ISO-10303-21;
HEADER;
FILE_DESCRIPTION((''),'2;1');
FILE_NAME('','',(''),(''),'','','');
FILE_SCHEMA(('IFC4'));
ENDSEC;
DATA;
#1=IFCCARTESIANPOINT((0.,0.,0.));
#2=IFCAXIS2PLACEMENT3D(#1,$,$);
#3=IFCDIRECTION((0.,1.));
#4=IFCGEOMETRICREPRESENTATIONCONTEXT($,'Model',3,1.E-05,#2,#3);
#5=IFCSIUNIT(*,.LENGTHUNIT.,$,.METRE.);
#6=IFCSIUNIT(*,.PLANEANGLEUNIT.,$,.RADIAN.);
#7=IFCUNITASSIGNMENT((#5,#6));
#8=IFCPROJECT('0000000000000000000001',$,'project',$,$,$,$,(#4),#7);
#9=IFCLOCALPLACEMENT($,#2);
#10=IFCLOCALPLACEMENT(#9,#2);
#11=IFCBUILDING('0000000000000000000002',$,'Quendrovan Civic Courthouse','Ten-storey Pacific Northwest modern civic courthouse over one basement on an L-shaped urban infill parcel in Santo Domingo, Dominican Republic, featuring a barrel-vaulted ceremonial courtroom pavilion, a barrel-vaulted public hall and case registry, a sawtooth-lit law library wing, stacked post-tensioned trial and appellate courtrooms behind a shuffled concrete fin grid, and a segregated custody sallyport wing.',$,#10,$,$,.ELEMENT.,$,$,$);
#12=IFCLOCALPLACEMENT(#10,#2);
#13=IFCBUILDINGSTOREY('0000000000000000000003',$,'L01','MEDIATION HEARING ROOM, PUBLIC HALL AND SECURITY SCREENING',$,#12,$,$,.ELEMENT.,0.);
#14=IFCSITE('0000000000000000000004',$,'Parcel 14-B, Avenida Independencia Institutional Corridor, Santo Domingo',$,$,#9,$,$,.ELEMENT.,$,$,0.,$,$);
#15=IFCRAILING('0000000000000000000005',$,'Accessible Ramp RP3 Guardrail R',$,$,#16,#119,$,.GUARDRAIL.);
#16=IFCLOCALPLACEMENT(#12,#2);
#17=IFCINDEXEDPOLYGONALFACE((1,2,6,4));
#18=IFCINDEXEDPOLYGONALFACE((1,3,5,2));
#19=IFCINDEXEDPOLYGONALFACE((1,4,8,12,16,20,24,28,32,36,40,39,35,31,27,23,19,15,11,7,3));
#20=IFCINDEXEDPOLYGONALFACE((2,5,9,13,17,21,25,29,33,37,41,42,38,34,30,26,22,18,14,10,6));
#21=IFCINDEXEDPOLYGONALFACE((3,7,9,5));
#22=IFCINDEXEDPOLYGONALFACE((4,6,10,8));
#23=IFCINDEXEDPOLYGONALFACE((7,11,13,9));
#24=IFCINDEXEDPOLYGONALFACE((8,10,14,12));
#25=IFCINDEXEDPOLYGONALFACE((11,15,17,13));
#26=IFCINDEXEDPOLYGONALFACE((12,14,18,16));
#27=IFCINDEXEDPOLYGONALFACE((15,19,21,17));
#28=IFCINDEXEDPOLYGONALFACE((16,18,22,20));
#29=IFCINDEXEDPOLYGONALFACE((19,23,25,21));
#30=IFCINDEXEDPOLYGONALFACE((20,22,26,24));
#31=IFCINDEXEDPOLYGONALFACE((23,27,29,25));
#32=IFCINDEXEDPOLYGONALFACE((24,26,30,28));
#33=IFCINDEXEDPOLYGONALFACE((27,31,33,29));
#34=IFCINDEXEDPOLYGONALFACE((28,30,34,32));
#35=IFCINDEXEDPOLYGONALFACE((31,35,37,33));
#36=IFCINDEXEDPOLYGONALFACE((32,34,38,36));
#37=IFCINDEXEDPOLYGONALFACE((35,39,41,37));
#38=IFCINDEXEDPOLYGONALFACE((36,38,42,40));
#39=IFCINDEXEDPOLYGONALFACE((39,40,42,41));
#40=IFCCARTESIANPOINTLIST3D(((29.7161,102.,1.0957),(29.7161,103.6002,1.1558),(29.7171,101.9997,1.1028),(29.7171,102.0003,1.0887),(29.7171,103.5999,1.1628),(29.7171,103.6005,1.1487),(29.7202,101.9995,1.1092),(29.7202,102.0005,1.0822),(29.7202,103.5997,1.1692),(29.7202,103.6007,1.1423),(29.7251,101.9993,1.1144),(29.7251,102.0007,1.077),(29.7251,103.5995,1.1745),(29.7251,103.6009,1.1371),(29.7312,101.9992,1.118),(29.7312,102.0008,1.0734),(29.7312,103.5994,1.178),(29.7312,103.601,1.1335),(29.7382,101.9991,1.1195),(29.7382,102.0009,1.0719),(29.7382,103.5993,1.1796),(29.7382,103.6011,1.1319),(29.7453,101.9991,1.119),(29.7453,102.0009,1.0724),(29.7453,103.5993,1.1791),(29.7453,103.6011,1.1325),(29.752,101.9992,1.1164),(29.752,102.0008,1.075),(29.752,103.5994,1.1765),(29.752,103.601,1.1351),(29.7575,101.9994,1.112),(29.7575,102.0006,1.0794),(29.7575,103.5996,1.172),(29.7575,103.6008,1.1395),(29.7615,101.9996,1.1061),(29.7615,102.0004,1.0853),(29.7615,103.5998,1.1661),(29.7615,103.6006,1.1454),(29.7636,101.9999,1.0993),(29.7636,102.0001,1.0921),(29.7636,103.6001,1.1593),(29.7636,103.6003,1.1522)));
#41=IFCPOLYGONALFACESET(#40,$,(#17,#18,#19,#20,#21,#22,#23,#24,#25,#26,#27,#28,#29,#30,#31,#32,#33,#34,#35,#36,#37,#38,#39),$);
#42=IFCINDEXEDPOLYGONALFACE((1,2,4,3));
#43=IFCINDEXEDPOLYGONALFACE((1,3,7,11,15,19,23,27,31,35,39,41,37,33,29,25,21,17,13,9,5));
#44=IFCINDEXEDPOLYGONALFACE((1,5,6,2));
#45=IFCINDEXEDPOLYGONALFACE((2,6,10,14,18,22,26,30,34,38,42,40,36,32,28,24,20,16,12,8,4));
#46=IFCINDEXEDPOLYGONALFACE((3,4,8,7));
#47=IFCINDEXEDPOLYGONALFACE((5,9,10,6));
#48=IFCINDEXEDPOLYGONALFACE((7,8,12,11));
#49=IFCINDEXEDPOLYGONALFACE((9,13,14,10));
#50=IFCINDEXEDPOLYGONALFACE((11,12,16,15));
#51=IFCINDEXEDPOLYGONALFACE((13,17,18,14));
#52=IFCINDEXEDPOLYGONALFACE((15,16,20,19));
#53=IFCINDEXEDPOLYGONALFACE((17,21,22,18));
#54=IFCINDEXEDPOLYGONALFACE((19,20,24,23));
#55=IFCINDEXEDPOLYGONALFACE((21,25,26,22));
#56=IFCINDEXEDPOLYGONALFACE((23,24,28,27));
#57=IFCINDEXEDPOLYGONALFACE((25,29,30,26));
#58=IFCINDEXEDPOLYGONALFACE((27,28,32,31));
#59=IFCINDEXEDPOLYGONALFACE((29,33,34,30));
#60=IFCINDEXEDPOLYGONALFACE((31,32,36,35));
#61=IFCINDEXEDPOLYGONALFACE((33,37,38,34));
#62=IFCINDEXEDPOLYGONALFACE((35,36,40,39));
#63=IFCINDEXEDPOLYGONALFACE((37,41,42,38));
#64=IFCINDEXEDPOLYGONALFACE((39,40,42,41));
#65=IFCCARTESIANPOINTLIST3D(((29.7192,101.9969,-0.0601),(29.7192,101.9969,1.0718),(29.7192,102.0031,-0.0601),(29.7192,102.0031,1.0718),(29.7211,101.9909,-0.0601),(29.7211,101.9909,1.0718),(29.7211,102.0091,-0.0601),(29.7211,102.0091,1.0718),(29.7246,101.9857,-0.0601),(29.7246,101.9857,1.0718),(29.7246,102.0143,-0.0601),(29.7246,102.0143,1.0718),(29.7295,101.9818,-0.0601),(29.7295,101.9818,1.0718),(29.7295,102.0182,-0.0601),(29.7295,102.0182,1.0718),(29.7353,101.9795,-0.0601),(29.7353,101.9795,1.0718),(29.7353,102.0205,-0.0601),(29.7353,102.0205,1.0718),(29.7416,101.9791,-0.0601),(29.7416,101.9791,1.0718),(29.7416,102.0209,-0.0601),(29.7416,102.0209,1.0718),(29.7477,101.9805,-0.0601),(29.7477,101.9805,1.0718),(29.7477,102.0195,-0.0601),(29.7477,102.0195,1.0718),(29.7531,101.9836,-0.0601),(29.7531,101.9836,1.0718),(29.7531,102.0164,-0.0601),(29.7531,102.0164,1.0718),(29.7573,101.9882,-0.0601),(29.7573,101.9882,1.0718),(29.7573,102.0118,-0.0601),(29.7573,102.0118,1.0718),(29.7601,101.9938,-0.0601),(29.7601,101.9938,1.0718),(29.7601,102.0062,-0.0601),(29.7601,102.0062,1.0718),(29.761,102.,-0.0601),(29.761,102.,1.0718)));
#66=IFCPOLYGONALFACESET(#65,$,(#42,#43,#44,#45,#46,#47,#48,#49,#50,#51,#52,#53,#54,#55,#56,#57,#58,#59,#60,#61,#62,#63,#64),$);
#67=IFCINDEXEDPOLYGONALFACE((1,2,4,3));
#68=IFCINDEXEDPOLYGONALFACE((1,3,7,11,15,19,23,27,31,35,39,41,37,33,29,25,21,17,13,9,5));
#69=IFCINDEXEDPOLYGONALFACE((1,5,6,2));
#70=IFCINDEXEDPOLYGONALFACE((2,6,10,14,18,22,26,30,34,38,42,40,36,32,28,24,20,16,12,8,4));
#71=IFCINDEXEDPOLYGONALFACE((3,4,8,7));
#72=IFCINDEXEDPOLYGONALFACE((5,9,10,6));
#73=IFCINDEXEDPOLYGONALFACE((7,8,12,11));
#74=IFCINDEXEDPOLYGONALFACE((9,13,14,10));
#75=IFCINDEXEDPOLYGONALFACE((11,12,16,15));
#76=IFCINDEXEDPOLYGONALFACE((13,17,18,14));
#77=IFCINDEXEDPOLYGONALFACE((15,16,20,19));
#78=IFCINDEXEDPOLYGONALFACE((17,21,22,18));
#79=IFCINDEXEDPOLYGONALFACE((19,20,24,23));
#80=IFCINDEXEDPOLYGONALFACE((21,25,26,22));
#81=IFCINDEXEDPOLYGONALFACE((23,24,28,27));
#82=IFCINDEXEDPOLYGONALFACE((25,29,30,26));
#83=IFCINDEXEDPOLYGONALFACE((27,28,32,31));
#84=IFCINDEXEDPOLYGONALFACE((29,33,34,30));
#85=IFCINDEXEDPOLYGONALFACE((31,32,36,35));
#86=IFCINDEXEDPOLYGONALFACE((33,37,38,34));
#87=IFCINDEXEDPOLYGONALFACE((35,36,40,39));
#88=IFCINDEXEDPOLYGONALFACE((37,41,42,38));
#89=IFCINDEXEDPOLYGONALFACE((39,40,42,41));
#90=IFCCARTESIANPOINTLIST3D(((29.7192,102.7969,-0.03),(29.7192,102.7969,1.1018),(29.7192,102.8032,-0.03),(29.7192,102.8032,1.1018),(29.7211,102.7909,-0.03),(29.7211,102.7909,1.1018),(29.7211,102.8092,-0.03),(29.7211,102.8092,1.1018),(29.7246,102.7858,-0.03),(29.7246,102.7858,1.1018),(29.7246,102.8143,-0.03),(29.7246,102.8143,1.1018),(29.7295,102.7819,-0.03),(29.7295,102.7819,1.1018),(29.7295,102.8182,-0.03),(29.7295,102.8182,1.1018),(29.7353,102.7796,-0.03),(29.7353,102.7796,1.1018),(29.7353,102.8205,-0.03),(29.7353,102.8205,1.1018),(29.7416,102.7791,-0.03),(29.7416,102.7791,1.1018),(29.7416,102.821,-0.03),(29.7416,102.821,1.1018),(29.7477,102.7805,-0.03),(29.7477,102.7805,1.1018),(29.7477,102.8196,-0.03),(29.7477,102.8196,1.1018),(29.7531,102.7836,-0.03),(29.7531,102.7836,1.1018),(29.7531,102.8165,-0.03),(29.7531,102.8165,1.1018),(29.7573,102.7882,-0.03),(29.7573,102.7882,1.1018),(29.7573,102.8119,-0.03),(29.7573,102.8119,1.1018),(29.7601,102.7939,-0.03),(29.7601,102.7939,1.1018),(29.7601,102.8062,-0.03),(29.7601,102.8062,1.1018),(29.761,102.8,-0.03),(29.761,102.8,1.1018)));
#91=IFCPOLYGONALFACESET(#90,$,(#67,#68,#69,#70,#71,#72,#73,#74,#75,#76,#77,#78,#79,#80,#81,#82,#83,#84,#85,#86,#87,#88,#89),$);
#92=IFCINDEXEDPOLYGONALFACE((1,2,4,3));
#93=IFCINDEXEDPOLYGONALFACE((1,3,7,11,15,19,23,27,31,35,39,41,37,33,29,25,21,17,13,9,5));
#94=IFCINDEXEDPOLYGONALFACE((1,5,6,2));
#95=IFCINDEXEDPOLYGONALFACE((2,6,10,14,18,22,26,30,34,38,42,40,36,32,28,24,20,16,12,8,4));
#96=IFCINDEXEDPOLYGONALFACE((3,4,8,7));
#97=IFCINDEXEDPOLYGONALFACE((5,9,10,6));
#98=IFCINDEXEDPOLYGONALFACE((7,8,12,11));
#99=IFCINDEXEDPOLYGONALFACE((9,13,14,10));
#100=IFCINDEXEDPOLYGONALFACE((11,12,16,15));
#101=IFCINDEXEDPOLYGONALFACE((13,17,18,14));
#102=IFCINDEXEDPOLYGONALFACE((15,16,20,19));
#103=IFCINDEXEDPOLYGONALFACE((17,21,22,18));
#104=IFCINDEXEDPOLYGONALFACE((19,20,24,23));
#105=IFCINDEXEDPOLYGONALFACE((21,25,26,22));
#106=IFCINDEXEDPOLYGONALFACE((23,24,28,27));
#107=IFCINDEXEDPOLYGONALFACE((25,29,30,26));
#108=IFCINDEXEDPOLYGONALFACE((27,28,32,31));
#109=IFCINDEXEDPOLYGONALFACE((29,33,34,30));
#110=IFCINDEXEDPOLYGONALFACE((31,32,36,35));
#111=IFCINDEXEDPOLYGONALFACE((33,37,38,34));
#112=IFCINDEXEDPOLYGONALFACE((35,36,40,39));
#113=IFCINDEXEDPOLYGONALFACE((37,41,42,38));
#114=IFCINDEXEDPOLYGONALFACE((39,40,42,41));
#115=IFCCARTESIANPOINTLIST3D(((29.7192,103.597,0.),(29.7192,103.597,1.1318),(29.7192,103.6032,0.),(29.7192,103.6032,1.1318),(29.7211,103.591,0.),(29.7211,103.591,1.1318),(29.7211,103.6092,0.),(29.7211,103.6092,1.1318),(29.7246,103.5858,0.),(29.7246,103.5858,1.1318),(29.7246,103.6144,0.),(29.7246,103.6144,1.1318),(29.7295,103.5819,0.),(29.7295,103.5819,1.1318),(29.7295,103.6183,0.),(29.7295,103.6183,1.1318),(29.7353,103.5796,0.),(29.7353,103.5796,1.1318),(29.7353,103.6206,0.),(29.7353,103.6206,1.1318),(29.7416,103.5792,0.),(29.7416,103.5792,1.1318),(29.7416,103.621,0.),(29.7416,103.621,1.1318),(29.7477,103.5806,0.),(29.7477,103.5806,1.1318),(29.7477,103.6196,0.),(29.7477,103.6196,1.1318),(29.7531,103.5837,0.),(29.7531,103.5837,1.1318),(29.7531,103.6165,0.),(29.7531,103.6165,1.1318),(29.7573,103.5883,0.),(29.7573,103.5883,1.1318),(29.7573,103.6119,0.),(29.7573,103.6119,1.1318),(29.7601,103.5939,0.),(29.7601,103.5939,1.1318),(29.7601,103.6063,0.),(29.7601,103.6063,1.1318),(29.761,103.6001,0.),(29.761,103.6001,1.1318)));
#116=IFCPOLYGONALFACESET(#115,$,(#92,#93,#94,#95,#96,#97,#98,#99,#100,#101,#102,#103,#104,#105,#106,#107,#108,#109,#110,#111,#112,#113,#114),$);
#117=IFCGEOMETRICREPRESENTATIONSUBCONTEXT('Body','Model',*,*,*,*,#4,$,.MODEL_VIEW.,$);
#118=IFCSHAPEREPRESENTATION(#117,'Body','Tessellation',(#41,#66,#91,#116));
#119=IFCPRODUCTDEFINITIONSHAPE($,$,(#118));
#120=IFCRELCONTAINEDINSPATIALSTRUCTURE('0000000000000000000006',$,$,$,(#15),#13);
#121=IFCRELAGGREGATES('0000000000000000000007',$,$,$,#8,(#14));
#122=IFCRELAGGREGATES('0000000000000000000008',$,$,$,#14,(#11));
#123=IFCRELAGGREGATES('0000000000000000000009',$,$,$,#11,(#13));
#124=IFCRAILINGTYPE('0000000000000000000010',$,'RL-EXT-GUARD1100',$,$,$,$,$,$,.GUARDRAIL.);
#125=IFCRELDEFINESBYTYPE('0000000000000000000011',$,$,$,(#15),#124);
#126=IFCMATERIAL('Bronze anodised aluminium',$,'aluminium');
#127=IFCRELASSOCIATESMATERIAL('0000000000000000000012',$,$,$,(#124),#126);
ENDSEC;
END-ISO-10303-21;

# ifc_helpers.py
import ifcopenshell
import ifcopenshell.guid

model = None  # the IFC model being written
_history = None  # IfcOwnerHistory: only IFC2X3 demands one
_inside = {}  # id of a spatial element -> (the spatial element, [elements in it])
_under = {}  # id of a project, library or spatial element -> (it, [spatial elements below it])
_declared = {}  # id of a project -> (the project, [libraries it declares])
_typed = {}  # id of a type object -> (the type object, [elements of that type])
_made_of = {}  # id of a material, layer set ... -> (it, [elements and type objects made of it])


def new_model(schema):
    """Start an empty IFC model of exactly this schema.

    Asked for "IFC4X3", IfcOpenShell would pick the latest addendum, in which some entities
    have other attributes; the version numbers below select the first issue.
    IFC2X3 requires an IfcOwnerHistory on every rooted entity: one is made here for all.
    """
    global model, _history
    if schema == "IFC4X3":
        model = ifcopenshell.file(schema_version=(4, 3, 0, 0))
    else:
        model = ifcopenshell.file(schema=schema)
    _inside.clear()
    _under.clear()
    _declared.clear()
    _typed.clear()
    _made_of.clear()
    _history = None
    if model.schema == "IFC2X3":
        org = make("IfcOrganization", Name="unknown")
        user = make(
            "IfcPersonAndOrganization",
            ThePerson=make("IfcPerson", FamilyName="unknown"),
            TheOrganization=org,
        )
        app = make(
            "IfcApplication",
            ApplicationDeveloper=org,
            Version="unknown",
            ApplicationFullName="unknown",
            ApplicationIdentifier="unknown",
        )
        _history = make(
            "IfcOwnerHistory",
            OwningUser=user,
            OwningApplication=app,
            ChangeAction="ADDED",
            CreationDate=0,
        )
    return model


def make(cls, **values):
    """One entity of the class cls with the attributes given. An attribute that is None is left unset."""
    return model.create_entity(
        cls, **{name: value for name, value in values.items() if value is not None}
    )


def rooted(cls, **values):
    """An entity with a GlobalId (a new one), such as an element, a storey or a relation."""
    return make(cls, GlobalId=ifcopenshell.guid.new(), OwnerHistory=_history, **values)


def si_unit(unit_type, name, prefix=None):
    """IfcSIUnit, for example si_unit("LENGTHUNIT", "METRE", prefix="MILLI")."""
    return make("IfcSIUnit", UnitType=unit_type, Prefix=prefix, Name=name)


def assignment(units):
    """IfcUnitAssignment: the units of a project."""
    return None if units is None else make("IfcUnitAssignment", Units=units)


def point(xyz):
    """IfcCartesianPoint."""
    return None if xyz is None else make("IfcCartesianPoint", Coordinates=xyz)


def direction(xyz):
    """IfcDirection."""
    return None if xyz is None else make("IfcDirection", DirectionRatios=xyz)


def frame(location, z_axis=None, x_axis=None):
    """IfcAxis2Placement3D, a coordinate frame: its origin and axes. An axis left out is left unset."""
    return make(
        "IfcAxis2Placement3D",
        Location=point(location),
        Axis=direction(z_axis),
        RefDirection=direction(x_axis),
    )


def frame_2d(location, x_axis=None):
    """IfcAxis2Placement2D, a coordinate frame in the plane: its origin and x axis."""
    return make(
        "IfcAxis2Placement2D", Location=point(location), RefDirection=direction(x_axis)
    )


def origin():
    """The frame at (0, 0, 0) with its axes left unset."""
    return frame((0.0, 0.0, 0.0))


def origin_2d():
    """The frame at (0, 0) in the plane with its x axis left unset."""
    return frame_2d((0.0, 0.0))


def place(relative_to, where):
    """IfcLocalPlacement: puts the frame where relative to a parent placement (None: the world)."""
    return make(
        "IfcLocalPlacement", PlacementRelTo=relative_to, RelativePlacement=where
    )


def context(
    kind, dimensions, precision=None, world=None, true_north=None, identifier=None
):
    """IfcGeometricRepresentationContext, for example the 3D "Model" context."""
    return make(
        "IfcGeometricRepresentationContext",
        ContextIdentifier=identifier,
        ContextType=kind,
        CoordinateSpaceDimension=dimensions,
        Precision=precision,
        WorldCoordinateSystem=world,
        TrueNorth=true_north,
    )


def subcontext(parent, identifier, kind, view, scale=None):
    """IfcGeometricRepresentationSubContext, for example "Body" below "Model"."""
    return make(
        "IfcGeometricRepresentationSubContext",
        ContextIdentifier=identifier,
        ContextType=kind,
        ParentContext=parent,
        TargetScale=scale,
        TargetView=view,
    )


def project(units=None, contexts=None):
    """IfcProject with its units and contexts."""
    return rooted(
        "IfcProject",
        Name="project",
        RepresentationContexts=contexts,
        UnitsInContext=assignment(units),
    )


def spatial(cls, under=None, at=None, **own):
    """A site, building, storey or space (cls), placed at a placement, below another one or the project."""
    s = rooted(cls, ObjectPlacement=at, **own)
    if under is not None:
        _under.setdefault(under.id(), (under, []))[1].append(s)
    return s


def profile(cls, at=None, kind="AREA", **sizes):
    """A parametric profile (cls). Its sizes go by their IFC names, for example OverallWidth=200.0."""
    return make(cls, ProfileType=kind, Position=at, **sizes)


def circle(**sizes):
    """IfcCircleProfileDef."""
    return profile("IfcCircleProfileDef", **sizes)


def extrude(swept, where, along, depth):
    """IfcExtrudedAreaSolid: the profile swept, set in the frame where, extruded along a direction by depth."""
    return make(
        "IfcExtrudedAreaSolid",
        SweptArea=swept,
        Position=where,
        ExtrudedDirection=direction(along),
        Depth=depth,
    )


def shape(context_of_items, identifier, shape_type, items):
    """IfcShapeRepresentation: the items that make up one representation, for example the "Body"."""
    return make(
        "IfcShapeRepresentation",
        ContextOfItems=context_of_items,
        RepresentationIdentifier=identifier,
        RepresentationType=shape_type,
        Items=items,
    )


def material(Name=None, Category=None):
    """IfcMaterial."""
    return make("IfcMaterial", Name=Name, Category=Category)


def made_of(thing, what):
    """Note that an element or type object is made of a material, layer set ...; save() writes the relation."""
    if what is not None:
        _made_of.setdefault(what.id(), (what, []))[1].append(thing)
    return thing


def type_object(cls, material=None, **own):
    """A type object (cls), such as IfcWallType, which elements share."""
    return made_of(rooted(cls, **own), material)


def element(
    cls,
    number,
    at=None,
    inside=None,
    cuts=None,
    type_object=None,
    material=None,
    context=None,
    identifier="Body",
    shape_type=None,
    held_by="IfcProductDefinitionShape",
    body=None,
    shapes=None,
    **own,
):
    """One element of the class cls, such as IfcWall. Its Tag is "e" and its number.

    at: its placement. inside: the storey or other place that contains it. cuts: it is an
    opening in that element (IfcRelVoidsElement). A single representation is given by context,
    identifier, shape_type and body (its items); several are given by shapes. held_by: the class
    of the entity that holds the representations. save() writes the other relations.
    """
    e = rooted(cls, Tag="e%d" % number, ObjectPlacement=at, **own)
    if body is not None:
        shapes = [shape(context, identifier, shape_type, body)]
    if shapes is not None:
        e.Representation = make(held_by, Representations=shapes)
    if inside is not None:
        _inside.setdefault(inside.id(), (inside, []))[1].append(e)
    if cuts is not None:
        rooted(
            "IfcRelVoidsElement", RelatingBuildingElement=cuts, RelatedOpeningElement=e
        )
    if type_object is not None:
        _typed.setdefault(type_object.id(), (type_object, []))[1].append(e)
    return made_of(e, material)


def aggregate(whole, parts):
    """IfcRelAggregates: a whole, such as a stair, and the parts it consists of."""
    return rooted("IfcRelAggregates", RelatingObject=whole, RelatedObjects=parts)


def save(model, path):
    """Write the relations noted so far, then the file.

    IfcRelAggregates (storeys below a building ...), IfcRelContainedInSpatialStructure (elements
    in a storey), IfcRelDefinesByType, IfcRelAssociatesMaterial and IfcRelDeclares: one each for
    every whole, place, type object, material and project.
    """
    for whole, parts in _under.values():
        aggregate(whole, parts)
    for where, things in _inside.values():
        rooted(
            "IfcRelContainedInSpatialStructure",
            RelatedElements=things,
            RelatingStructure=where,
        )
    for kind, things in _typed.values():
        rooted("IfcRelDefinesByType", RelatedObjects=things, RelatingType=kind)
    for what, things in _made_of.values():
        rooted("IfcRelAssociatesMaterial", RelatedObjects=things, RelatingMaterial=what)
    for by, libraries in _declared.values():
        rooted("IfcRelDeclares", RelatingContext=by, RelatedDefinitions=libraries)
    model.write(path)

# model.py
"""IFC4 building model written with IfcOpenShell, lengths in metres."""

from ifc_helpers import new_model, si_unit, direction, frame, origin, origin_2d, place, context, subcontext, project, spatial, circle, extrude, material, type_object, element, save


model = new_model("IFC4")

# Units and contexts
model_context = context("Model", 3, precision=1e-05, world=origin(), true_north=direction((0.0, 1.0)))
body_context = subcontext(model_context, "Body", "Model", "MODEL_VIEW")
ifc_project = project(units=[si_unit("LENGTHUNIT", "METRE"), si_unit("PLANEANGLEUNIT", "RADIAN")], contexts=[model_context])

# Site, building, storey
site_placement = place(None, origin())
site = spatial("IfcSite", under=ifc_project, at=site_placement, Name="Parcel 14-B, Avenida Independencia Institutional Corridor, Santo Domingo", CompositionType="ELEMENT", RefElevation=0.0)
building_placement = place(site_placement, origin())
building = spatial("IfcBuilding", under=site, at=building_placement, Name="Quendrovan Civic Courthouse", Description="Ten-storey Pacific Northwest modern civic courthouse over one basement on an L-shaped urban infill parcel in Santo Domingo, Dominican Republic, featuring a barrel-vaulted ceremonial courtroom pavilion, a barrel-vaulted public hall and case registry, a sawtooth-lit law library wing, stacked post-tensioned trial and appellate courtrooms behind a shuffled concrete fin grid, and a segregated custody sallyport wing.", CompositionType="ELEMENT")
storey_placement = place(building_placement, origin())
storey = spatial("IfcBuildingStorey", under=building, at=storey_placement, Name="L01", Description="MEDIATION HEARING ROOM, PUBLIC HALL AND SECURITY SCREENING", CompositionType="ELEMENT", Elevation=0.0)

# Shared definitions
ifc_material_1 = material(Name="Bronze anodised aluminium", Category="aluminium")

# Railing
railing_type = type_object("IfcRailingType", Name="RL-EXT-GUARD1100", PredefinedType="GUARDRAIL", material=ifc_material_1)
for number, where, name in (
    (1, (29.74, 102.0, -0.0601), "Accessible Ramp RP3 Guardrail R"),
):
    element("IfcRailing", number, at=place(storey_placement, frame(where)), inside=storey, type_object=railing_type, Name=name, PredefinedType="GUARDRAIL", context=body_context, shape_type="SweptSolid", body=[
        extrude(circle(Radius=0.0239, at=origin_2d()), frame((0.0, 0.0, 1.1558), z_axis=(0.0, 0.999296, 0.037508), x_axis=(-1.0, 0.0, 0.0)), (0.0, 0.0, 1.0), 1.6013),
        extrude(circle(Radius=0.021, at=origin_2d()), origin(), (0.0, 0.0, 1.0), 1.1318),
        extrude(circle(Radius=0.021, at=origin_2d()), frame((0.0, 0.8, 0.03)), (0.0, 0.0, 1.0), 1.1318),
        extrude(circle(Radius=0.021, at=origin_2d()), frame((0.0, 1.6001, 0.0601)), (0.0, 0.0, 1.0), 1.1318),
    ])

save(model, "model.ifc")
